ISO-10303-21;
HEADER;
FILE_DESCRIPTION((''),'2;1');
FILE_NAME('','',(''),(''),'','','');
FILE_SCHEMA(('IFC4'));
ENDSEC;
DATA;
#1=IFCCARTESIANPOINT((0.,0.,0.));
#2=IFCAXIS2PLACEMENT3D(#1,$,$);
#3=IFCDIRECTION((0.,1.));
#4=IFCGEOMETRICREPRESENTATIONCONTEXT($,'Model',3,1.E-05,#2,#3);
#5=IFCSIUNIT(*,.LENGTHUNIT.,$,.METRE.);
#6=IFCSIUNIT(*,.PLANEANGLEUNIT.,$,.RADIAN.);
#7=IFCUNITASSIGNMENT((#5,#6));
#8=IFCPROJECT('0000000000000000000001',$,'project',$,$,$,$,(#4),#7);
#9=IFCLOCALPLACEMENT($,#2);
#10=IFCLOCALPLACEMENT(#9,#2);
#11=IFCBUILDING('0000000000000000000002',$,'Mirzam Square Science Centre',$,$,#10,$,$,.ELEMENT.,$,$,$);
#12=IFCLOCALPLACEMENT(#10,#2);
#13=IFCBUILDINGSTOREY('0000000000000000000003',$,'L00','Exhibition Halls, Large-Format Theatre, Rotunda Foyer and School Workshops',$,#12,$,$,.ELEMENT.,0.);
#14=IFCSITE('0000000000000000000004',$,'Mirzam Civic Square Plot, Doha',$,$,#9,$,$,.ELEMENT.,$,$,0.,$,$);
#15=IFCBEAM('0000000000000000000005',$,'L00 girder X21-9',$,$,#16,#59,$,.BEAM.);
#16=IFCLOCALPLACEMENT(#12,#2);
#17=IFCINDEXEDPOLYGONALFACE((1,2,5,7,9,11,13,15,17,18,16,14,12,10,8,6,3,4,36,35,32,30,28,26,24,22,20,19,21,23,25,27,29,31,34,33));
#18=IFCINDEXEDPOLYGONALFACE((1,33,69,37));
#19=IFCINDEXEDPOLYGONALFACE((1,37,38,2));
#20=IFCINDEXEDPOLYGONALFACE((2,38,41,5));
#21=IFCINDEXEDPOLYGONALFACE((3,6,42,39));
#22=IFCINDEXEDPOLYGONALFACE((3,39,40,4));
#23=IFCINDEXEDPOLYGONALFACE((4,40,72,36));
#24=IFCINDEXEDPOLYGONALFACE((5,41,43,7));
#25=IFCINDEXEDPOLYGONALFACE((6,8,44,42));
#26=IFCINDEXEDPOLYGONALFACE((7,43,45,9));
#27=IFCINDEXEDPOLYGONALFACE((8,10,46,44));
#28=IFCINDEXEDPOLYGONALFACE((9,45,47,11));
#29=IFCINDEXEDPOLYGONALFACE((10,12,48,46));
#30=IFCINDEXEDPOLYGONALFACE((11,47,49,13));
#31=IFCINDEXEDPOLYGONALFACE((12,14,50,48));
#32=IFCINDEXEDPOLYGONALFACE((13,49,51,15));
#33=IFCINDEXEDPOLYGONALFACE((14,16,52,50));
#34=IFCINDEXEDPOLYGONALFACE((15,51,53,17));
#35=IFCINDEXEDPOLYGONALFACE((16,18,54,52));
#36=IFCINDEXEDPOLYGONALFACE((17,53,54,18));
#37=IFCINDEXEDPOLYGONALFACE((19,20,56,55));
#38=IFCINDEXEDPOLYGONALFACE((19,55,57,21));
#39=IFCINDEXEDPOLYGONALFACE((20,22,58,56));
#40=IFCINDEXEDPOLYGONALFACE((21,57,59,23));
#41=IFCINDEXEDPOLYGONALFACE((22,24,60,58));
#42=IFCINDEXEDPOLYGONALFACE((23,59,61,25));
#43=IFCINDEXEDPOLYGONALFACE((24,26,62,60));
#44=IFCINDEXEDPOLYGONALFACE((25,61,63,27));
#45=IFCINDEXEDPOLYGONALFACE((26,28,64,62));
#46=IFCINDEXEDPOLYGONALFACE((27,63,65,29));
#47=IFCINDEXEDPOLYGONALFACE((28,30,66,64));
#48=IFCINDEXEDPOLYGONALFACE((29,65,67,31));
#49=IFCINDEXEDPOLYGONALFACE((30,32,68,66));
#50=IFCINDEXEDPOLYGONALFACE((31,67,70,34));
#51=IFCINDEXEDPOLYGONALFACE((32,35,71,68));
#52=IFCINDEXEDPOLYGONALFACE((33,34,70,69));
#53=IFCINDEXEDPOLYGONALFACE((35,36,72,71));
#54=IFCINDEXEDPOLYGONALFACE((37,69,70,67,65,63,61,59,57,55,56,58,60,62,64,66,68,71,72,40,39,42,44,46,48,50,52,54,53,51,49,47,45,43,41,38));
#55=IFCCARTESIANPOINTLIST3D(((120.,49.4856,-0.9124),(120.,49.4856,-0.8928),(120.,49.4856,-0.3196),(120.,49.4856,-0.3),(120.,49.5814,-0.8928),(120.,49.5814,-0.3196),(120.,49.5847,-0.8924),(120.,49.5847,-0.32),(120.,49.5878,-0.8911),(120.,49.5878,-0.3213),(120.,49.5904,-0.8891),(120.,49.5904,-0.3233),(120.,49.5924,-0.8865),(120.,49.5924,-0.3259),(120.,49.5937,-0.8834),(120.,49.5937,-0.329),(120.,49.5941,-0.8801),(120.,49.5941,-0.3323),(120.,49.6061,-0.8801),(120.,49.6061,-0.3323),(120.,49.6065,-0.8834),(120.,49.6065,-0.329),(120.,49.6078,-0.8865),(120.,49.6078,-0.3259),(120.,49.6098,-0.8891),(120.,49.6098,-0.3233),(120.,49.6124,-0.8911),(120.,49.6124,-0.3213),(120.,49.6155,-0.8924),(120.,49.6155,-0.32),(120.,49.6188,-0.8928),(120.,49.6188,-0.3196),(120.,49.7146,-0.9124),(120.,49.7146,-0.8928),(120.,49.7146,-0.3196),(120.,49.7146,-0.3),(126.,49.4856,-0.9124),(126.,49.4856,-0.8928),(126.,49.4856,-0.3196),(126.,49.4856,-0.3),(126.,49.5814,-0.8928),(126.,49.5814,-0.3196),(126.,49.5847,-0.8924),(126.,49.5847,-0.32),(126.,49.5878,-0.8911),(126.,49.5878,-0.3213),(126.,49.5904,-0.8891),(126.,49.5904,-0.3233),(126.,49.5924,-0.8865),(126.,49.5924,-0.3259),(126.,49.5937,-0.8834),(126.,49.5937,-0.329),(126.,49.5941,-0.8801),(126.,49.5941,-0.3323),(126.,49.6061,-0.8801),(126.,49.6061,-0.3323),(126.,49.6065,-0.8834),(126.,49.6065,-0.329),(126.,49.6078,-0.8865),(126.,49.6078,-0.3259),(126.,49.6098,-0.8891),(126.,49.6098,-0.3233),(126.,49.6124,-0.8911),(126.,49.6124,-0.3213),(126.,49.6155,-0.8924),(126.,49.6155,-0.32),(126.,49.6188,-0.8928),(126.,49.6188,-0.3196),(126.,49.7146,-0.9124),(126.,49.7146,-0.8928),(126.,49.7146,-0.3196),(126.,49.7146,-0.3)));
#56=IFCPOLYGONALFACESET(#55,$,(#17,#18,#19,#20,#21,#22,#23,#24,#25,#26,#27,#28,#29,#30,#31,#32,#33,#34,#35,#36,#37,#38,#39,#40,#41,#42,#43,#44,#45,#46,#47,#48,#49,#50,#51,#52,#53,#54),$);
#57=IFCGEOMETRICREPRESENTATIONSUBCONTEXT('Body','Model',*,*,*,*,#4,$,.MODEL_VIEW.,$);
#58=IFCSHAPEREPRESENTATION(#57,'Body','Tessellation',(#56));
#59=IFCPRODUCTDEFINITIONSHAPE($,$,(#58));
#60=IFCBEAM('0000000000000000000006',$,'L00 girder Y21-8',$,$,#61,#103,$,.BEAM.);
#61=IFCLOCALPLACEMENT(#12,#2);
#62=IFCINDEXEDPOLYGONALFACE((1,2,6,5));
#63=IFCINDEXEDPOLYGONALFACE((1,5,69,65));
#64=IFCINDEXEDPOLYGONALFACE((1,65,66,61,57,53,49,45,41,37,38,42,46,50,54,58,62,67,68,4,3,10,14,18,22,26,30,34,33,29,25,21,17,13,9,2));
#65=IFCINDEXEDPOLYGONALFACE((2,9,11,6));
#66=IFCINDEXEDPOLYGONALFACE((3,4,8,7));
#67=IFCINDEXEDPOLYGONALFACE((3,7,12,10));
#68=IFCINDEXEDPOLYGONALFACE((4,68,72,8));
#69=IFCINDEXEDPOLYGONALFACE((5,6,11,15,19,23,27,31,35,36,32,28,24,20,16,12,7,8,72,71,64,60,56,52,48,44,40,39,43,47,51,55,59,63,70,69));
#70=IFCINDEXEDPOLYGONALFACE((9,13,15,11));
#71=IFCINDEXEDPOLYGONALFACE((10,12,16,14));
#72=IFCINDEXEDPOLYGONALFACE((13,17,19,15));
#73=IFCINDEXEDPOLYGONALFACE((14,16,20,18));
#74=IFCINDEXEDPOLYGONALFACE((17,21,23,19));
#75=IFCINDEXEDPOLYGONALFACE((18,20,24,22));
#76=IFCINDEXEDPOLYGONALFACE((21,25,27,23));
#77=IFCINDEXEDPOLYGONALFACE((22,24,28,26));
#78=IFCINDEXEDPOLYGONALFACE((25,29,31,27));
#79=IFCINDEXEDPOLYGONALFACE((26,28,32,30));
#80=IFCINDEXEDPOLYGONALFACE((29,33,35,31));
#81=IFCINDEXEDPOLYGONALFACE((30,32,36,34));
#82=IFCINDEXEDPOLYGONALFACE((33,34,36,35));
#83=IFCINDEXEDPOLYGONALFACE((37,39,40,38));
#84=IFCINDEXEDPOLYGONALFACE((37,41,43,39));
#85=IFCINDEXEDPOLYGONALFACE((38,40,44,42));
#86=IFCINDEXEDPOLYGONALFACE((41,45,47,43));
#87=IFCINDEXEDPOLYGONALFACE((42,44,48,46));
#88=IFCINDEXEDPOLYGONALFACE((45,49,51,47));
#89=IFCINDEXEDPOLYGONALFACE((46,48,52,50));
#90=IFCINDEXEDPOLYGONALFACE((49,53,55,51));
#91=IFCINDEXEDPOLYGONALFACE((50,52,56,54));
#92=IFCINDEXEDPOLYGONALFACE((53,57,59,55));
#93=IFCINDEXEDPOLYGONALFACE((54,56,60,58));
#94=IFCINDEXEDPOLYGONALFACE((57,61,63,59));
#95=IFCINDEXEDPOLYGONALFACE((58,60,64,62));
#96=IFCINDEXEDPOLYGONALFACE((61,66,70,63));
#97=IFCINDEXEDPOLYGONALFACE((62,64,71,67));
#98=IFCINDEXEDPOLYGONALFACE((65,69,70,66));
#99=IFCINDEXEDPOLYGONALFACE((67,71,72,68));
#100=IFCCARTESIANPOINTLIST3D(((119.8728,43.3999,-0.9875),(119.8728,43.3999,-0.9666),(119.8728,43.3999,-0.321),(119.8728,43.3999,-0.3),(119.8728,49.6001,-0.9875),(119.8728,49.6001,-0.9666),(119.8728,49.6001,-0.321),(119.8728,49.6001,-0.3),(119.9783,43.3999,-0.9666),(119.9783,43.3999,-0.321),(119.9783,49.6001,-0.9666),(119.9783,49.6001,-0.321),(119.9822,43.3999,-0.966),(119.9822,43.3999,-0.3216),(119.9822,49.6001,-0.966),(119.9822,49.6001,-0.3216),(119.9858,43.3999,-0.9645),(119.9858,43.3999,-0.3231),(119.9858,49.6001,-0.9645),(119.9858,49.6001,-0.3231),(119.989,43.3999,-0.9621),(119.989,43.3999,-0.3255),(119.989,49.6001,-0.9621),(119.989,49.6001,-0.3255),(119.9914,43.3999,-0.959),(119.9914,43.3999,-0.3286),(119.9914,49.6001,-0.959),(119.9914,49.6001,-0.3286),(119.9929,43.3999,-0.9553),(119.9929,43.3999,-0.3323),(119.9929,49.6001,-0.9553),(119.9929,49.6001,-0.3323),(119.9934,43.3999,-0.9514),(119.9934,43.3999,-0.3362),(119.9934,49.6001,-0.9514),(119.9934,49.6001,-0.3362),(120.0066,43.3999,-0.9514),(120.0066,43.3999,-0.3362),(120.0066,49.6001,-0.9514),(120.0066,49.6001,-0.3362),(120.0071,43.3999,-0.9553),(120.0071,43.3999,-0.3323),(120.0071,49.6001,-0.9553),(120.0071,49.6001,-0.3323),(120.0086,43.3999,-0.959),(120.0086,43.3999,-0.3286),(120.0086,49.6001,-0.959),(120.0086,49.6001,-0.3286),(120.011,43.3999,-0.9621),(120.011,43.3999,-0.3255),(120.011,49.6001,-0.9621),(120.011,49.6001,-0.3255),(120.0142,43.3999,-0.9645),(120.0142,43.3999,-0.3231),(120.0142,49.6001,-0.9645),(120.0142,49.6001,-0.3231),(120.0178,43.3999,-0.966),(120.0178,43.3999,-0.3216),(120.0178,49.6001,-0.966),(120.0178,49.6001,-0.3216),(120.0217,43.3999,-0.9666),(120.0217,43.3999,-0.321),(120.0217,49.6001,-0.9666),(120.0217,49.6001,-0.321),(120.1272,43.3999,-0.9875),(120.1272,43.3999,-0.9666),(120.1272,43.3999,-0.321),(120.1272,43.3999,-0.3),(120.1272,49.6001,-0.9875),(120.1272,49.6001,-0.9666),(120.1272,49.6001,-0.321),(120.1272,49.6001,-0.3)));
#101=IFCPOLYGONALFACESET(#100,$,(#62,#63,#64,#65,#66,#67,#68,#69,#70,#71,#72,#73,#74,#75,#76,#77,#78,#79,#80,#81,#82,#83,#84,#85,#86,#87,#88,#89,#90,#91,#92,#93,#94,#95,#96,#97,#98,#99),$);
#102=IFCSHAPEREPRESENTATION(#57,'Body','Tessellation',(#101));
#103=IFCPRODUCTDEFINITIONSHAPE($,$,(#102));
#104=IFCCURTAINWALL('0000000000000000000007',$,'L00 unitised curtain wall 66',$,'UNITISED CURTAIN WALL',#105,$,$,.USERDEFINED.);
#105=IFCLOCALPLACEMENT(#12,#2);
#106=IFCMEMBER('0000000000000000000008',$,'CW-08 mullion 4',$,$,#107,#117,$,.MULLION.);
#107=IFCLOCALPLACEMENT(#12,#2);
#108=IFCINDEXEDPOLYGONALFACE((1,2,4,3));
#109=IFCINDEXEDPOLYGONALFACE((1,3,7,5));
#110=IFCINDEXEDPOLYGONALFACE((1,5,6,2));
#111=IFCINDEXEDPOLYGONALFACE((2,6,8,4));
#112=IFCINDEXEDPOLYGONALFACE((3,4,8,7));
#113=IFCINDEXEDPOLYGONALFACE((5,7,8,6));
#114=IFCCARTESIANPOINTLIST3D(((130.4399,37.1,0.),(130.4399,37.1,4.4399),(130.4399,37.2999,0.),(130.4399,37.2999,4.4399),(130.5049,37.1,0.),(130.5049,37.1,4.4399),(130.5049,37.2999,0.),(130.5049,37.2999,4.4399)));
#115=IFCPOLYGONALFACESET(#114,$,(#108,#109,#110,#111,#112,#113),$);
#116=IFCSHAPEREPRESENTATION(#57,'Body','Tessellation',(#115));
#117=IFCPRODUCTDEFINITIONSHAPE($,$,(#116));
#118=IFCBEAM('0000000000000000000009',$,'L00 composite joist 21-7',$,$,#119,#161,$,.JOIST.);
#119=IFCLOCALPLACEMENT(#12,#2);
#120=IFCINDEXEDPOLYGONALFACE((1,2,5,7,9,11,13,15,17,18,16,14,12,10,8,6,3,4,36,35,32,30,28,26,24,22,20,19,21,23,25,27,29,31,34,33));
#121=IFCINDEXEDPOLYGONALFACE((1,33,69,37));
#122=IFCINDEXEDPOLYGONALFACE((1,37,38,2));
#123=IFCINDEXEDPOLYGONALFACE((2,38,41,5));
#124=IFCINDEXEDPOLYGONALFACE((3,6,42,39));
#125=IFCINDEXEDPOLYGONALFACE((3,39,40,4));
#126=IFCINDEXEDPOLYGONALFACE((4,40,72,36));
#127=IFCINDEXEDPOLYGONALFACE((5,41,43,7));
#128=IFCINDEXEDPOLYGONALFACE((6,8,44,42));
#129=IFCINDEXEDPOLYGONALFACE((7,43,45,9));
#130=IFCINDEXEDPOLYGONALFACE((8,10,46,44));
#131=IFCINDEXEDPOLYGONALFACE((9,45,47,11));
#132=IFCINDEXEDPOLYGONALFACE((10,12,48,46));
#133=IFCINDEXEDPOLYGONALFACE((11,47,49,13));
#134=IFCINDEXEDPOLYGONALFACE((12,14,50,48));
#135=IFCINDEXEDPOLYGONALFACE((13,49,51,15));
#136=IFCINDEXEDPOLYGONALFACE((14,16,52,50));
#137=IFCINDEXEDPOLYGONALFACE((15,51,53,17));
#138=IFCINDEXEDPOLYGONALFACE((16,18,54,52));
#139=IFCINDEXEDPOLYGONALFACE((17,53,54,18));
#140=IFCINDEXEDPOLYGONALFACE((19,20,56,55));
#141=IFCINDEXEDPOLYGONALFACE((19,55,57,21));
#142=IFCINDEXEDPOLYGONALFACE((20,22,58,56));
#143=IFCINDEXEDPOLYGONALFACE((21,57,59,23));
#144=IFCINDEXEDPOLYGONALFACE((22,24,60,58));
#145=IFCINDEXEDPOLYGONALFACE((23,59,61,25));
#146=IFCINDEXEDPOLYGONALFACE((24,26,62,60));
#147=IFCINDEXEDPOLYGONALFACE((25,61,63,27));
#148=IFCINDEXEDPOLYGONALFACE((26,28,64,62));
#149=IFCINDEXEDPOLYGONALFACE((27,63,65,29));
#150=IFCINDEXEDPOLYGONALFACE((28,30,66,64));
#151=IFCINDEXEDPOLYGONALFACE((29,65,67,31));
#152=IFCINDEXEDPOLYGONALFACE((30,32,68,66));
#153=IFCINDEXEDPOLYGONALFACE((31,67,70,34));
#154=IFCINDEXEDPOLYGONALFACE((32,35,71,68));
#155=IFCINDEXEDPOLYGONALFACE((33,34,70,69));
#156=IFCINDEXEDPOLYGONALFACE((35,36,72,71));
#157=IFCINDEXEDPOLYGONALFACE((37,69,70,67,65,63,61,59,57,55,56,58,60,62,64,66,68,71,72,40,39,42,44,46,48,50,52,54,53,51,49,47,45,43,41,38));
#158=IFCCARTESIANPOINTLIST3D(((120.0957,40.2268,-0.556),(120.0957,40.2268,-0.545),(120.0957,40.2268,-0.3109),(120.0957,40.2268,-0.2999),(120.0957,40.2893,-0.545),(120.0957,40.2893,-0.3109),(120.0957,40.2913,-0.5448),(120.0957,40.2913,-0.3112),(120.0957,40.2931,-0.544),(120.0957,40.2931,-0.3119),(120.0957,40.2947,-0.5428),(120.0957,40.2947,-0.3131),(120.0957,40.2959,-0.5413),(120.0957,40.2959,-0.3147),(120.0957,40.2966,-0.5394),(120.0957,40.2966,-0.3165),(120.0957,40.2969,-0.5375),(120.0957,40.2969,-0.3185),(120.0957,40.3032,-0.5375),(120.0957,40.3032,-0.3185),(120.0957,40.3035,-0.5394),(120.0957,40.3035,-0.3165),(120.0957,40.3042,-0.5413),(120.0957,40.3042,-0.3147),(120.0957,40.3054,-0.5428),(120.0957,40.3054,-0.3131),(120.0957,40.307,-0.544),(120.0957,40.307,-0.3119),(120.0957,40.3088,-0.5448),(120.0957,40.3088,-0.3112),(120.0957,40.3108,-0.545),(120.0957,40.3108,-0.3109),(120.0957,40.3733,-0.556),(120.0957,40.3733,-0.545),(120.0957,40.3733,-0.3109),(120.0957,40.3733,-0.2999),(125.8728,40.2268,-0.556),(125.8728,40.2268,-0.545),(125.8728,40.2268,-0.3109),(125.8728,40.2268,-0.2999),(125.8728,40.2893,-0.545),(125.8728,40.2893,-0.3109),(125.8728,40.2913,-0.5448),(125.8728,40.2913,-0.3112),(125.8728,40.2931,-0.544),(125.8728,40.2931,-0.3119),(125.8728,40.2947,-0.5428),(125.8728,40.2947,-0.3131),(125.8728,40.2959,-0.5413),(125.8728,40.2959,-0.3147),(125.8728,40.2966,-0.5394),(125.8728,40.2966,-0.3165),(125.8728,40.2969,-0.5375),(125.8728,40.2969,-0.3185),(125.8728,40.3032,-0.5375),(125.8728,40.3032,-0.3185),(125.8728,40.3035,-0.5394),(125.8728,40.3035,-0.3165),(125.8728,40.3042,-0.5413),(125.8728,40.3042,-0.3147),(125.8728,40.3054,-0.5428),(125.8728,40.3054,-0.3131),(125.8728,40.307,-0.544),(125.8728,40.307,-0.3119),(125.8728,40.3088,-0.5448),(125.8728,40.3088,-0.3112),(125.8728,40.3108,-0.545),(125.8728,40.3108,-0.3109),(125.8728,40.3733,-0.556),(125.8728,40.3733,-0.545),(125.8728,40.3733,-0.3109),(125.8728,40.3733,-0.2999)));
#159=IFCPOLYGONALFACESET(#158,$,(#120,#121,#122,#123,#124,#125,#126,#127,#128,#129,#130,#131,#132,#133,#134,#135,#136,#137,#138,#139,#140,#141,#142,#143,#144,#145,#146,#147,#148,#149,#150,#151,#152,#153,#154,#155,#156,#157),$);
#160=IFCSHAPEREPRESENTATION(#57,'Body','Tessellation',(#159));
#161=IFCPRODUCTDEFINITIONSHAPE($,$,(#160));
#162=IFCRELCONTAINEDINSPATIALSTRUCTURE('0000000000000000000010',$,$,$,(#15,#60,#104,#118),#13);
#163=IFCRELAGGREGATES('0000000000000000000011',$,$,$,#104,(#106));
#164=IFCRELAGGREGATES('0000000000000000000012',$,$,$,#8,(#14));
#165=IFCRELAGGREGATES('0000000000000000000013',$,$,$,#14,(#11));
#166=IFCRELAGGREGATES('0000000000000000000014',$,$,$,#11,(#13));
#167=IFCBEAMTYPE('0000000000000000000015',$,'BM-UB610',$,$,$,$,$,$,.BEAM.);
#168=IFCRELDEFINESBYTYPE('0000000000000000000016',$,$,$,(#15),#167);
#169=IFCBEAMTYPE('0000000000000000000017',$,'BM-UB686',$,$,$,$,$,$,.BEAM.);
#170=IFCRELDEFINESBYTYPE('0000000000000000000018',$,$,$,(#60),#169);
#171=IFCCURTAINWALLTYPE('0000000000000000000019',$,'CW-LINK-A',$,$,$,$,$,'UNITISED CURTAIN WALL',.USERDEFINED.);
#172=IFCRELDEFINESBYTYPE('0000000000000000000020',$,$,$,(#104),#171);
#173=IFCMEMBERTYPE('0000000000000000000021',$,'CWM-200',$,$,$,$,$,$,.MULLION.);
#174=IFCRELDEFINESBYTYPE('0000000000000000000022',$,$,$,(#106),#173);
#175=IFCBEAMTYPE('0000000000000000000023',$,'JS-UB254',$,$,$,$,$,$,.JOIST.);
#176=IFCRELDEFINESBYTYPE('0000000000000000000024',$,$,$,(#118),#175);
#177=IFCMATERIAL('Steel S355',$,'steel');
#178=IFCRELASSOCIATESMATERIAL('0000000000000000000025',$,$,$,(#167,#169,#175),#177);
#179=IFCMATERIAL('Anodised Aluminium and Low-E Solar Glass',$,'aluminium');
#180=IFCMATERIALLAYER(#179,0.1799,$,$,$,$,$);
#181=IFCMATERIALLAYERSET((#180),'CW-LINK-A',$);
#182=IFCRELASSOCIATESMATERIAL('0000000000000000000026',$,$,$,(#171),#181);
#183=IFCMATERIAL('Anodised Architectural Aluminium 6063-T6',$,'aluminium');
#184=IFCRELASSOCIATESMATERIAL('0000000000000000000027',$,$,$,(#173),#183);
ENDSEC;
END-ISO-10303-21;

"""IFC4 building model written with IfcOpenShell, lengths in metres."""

from ifc_helpers import new_model, si_unit, direction, frame, origin, origin_2d, place, context, subcontext, project, spatial, rectangle, i_section, extrude, material, layer, layer_set, material_profile, profile_set, type_object, element, aggregate, save


model = new_model("IFC4")

# Units and contexts
model_context = context("Model", 3, precision=1e-05, world=origin(), true_north=direction((0.0, 1.0)))
body_context = subcontext(model_context, "Body", "Model", "MODEL_VIEW")
ifc_project = project(units=[si_unit("LENGTHUNIT", "METRE"), si_unit("PLANEANGLEUNIT", "RADIAN")], contexts=[model_context])

# Site, building, storey
site_placement = place(None, origin())
site = spatial("IfcSite", under=ifc_project, at=site_placement, Name="Mirzam Civic Square Plot, Doha", CompositionType="ELEMENT", RefElevation=0.0)
building_placement = place(site_placement, origin())
building = spatial("IfcBuilding", under=site, at=building_placement, Name="Mirzam Square Science Centre", CompositionType="ELEMENT")
storey_placement = place(building_placement, origin())
storey = spatial("IfcBuildingStorey", under=building, at=storey_placement, Name="L00", Description="Exhibition Halls, Large-Format Theatre, Rotunda Foyer and School Workshops", CompositionType="ELEMENT", Elevation=0.0)

# Shared definitions
ifc_material_1 = material(Name="Steel S355", Category="steel")

# Beams
ifc_material_profile_1 = material_profile(ifc_material_1, i_section(OverallWidth=0.229, OverallDepth=0.6123, WebThickness=0.012, FlangeThickness=0.0195, FilletRadius=0.0127, at=origin_2d()), Name="610x229x125UB")
ifc_profile_set_1 = profile_set([ifc_material_profile_1], Name="Steel S355")
beam_type_1 = type_object("IfcBeamType", Name="BM-UB610", PredefinedType="BEAM", material=ifc_profile_set_1)
for number, where, z_axis, x_axis, name in (
    (1, (120.0, 49.6001, -0.6062), (1.0, 0.0, 0.0), (0.0, 1.0, 0.0), "L00 girder X21-9"),
):
    element("IfcBeam", number, at=place(storey_placement, frame(where, z_axis=z_axis, x_axis=x_axis)), inside=storey, type_object=beam_type_1, Name=name, PredefinedType="BEAM", context=body_context, shape_type="SweptSolid", body=[
        extrude(i_section(OverallWidth=0.229, OverallDepth=0.6123, WebThickness=0.012, FlangeThickness=0.0195, FilletRadius=0.0127, at=origin_2d()), origin(), (0.0, 0.0, 1.0), 6.0),
    ])
ifc_material_profile_2 = material_profile(ifc_material_1, i_section(OverallWidth=0.2544, OverallDepth=0.6875, WebThickness=0.0132, FlangeThickness=0.021, FilletRadius=0.0151, at=origin_2d()), Name="686x254x152UB")
ifc_profile_set_2 = profile_set([ifc_material_profile_2], Name="Steel S355")
beam_type_2 = type_object("IfcBeamType", Name="BM-UB686", PredefinedType="BEAM", material=ifc_profile_set_2)
beam_1_placement = place(storey_placement, frame((120.0, 43.3999, -0.6438), z_axis=(0.0, 1.0, 0.0), x_axis=(-1.0, 0.0, 0.0)))
element("IfcBeam", 2, at=beam_1_placement, inside=storey, type_object=beam_type_2, Name="L00 girder Y21-8", PredefinedType="BEAM", context=body_context, shape_type="SweptSolid", body=[
    extrude(i_section(OverallWidth=0.2544, OverallDepth=0.6875, WebThickness=0.0132, FlangeThickness=0.021, FilletRadius=0.0151, at=origin_2d()), origin(), (0.0, 0.0, 1.0), 6.2002),
])

# Curtain wall, member
ifc_material_2 = material(Name="Anodised Aluminium and Low-E Solar Glass", Category="aluminium")
ifc_layer_1 = layer(ifc_material_2, 0.1799)
ifc_layer_set_1 = layer_set([ifc_layer_1], Name="CW-LINK-A")
curtain_wall_type = type_object("IfcCurtainWallType", Name="CW-LINK-A", ElementType="UNITISED CURTAIN WALL", PredefinedType="USERDEFINED", material=ifc_layer_set_1)
curtain_wall_placement = place(storey_placement, origin())
curtain_wall = element("IfcCurtainWall", 3, at=curtain_wall_placement, inside=storey, type_object=curtain_wall_type, Name="L00 unitised curtain wall 66", ObjectType="UNITISED CURTAIN WALL", PredefinedType="USERDEFINED")
ifc_material_3 = material(Name="Anodised Architectural Aluminium 6063-T6", Category="aluminium")
ifc_material_profile_3 = material_profile(ifc_material_3, rectangle(XDim=0.0649, YDim=0.2, at=origin_2d()), Name="ALU-MULL-200x65x5")
ifc_profile_set_3 = profile_set([ifc_material_profile_3], Name="Anodised Architectural Aluminium 6063-T6")
member_type = type_object("IfcMemberType", Name="CWM-200", PredefinedType="MULLION", material=ifc_profile_set_3)
member_placement = place(storey_placement, frame((130.4724, 37.2, 0.0), z_axis=(0.0, 0.0, 1.0), x_axis=(1.0, 0.0, 0.0)))
member = element("IfcMember", 4, at=member_placement, type_object=member_type, Name="CW-08 mullion 4", PredefinedType="MULLION", context=body_context, shape_type="SweptSolid", body=[
    extrude(rectangle(XDim=0.0649, YDim=0.2, at=origin_2d()), origin(), (0.0, 0.0, 1.0), 4.4399),
])
aggregate(curtain_wall, [member])

# Beam
ifc_material_profile_4 = material_profile(ifc_material_1, i_section(OverallWidth=0.1465, OverallDepth=0.2561, WebThickness=0.0063, FlangeThickness=0.011, FilletRadius=0.0076, at=origin_2d()), Name="254x146x37UB")
ifc_profile_set_4 = profile_set([ifc_material_profile_4], Name="Steel S355")
beam_type_3 = type_object("IfcBeamType", Name="JS-UB254", PredefinedType="JOIST", material=ifc_profile_set_4)
beam_2_placement = place(storey_placement, frame((120.0957, 40.3, -0.428), z_axis=(1.0, 0.0, 0.0), x_axis=(0.0, 1.0, 0.0)))
element("IfcBeam", 5, at=beam_2_placement, inside=storey, type_object=beam_type_3, Name="L00 composite joist 21-7", PredefinedType="JOIST", context=body_context, shape_type="SweptSolid", body=[
    extrude(i_section(OverallWidth=0.1465, OverallDepth=0.2561, WebThickness=0.0063, FlangeThickness=0.011, FilletRadius=0.0076, at=origin_2d()), origin(), (0.0, 0.0, 1.0), 5.7771),
])

save(model, "model.ifc")
